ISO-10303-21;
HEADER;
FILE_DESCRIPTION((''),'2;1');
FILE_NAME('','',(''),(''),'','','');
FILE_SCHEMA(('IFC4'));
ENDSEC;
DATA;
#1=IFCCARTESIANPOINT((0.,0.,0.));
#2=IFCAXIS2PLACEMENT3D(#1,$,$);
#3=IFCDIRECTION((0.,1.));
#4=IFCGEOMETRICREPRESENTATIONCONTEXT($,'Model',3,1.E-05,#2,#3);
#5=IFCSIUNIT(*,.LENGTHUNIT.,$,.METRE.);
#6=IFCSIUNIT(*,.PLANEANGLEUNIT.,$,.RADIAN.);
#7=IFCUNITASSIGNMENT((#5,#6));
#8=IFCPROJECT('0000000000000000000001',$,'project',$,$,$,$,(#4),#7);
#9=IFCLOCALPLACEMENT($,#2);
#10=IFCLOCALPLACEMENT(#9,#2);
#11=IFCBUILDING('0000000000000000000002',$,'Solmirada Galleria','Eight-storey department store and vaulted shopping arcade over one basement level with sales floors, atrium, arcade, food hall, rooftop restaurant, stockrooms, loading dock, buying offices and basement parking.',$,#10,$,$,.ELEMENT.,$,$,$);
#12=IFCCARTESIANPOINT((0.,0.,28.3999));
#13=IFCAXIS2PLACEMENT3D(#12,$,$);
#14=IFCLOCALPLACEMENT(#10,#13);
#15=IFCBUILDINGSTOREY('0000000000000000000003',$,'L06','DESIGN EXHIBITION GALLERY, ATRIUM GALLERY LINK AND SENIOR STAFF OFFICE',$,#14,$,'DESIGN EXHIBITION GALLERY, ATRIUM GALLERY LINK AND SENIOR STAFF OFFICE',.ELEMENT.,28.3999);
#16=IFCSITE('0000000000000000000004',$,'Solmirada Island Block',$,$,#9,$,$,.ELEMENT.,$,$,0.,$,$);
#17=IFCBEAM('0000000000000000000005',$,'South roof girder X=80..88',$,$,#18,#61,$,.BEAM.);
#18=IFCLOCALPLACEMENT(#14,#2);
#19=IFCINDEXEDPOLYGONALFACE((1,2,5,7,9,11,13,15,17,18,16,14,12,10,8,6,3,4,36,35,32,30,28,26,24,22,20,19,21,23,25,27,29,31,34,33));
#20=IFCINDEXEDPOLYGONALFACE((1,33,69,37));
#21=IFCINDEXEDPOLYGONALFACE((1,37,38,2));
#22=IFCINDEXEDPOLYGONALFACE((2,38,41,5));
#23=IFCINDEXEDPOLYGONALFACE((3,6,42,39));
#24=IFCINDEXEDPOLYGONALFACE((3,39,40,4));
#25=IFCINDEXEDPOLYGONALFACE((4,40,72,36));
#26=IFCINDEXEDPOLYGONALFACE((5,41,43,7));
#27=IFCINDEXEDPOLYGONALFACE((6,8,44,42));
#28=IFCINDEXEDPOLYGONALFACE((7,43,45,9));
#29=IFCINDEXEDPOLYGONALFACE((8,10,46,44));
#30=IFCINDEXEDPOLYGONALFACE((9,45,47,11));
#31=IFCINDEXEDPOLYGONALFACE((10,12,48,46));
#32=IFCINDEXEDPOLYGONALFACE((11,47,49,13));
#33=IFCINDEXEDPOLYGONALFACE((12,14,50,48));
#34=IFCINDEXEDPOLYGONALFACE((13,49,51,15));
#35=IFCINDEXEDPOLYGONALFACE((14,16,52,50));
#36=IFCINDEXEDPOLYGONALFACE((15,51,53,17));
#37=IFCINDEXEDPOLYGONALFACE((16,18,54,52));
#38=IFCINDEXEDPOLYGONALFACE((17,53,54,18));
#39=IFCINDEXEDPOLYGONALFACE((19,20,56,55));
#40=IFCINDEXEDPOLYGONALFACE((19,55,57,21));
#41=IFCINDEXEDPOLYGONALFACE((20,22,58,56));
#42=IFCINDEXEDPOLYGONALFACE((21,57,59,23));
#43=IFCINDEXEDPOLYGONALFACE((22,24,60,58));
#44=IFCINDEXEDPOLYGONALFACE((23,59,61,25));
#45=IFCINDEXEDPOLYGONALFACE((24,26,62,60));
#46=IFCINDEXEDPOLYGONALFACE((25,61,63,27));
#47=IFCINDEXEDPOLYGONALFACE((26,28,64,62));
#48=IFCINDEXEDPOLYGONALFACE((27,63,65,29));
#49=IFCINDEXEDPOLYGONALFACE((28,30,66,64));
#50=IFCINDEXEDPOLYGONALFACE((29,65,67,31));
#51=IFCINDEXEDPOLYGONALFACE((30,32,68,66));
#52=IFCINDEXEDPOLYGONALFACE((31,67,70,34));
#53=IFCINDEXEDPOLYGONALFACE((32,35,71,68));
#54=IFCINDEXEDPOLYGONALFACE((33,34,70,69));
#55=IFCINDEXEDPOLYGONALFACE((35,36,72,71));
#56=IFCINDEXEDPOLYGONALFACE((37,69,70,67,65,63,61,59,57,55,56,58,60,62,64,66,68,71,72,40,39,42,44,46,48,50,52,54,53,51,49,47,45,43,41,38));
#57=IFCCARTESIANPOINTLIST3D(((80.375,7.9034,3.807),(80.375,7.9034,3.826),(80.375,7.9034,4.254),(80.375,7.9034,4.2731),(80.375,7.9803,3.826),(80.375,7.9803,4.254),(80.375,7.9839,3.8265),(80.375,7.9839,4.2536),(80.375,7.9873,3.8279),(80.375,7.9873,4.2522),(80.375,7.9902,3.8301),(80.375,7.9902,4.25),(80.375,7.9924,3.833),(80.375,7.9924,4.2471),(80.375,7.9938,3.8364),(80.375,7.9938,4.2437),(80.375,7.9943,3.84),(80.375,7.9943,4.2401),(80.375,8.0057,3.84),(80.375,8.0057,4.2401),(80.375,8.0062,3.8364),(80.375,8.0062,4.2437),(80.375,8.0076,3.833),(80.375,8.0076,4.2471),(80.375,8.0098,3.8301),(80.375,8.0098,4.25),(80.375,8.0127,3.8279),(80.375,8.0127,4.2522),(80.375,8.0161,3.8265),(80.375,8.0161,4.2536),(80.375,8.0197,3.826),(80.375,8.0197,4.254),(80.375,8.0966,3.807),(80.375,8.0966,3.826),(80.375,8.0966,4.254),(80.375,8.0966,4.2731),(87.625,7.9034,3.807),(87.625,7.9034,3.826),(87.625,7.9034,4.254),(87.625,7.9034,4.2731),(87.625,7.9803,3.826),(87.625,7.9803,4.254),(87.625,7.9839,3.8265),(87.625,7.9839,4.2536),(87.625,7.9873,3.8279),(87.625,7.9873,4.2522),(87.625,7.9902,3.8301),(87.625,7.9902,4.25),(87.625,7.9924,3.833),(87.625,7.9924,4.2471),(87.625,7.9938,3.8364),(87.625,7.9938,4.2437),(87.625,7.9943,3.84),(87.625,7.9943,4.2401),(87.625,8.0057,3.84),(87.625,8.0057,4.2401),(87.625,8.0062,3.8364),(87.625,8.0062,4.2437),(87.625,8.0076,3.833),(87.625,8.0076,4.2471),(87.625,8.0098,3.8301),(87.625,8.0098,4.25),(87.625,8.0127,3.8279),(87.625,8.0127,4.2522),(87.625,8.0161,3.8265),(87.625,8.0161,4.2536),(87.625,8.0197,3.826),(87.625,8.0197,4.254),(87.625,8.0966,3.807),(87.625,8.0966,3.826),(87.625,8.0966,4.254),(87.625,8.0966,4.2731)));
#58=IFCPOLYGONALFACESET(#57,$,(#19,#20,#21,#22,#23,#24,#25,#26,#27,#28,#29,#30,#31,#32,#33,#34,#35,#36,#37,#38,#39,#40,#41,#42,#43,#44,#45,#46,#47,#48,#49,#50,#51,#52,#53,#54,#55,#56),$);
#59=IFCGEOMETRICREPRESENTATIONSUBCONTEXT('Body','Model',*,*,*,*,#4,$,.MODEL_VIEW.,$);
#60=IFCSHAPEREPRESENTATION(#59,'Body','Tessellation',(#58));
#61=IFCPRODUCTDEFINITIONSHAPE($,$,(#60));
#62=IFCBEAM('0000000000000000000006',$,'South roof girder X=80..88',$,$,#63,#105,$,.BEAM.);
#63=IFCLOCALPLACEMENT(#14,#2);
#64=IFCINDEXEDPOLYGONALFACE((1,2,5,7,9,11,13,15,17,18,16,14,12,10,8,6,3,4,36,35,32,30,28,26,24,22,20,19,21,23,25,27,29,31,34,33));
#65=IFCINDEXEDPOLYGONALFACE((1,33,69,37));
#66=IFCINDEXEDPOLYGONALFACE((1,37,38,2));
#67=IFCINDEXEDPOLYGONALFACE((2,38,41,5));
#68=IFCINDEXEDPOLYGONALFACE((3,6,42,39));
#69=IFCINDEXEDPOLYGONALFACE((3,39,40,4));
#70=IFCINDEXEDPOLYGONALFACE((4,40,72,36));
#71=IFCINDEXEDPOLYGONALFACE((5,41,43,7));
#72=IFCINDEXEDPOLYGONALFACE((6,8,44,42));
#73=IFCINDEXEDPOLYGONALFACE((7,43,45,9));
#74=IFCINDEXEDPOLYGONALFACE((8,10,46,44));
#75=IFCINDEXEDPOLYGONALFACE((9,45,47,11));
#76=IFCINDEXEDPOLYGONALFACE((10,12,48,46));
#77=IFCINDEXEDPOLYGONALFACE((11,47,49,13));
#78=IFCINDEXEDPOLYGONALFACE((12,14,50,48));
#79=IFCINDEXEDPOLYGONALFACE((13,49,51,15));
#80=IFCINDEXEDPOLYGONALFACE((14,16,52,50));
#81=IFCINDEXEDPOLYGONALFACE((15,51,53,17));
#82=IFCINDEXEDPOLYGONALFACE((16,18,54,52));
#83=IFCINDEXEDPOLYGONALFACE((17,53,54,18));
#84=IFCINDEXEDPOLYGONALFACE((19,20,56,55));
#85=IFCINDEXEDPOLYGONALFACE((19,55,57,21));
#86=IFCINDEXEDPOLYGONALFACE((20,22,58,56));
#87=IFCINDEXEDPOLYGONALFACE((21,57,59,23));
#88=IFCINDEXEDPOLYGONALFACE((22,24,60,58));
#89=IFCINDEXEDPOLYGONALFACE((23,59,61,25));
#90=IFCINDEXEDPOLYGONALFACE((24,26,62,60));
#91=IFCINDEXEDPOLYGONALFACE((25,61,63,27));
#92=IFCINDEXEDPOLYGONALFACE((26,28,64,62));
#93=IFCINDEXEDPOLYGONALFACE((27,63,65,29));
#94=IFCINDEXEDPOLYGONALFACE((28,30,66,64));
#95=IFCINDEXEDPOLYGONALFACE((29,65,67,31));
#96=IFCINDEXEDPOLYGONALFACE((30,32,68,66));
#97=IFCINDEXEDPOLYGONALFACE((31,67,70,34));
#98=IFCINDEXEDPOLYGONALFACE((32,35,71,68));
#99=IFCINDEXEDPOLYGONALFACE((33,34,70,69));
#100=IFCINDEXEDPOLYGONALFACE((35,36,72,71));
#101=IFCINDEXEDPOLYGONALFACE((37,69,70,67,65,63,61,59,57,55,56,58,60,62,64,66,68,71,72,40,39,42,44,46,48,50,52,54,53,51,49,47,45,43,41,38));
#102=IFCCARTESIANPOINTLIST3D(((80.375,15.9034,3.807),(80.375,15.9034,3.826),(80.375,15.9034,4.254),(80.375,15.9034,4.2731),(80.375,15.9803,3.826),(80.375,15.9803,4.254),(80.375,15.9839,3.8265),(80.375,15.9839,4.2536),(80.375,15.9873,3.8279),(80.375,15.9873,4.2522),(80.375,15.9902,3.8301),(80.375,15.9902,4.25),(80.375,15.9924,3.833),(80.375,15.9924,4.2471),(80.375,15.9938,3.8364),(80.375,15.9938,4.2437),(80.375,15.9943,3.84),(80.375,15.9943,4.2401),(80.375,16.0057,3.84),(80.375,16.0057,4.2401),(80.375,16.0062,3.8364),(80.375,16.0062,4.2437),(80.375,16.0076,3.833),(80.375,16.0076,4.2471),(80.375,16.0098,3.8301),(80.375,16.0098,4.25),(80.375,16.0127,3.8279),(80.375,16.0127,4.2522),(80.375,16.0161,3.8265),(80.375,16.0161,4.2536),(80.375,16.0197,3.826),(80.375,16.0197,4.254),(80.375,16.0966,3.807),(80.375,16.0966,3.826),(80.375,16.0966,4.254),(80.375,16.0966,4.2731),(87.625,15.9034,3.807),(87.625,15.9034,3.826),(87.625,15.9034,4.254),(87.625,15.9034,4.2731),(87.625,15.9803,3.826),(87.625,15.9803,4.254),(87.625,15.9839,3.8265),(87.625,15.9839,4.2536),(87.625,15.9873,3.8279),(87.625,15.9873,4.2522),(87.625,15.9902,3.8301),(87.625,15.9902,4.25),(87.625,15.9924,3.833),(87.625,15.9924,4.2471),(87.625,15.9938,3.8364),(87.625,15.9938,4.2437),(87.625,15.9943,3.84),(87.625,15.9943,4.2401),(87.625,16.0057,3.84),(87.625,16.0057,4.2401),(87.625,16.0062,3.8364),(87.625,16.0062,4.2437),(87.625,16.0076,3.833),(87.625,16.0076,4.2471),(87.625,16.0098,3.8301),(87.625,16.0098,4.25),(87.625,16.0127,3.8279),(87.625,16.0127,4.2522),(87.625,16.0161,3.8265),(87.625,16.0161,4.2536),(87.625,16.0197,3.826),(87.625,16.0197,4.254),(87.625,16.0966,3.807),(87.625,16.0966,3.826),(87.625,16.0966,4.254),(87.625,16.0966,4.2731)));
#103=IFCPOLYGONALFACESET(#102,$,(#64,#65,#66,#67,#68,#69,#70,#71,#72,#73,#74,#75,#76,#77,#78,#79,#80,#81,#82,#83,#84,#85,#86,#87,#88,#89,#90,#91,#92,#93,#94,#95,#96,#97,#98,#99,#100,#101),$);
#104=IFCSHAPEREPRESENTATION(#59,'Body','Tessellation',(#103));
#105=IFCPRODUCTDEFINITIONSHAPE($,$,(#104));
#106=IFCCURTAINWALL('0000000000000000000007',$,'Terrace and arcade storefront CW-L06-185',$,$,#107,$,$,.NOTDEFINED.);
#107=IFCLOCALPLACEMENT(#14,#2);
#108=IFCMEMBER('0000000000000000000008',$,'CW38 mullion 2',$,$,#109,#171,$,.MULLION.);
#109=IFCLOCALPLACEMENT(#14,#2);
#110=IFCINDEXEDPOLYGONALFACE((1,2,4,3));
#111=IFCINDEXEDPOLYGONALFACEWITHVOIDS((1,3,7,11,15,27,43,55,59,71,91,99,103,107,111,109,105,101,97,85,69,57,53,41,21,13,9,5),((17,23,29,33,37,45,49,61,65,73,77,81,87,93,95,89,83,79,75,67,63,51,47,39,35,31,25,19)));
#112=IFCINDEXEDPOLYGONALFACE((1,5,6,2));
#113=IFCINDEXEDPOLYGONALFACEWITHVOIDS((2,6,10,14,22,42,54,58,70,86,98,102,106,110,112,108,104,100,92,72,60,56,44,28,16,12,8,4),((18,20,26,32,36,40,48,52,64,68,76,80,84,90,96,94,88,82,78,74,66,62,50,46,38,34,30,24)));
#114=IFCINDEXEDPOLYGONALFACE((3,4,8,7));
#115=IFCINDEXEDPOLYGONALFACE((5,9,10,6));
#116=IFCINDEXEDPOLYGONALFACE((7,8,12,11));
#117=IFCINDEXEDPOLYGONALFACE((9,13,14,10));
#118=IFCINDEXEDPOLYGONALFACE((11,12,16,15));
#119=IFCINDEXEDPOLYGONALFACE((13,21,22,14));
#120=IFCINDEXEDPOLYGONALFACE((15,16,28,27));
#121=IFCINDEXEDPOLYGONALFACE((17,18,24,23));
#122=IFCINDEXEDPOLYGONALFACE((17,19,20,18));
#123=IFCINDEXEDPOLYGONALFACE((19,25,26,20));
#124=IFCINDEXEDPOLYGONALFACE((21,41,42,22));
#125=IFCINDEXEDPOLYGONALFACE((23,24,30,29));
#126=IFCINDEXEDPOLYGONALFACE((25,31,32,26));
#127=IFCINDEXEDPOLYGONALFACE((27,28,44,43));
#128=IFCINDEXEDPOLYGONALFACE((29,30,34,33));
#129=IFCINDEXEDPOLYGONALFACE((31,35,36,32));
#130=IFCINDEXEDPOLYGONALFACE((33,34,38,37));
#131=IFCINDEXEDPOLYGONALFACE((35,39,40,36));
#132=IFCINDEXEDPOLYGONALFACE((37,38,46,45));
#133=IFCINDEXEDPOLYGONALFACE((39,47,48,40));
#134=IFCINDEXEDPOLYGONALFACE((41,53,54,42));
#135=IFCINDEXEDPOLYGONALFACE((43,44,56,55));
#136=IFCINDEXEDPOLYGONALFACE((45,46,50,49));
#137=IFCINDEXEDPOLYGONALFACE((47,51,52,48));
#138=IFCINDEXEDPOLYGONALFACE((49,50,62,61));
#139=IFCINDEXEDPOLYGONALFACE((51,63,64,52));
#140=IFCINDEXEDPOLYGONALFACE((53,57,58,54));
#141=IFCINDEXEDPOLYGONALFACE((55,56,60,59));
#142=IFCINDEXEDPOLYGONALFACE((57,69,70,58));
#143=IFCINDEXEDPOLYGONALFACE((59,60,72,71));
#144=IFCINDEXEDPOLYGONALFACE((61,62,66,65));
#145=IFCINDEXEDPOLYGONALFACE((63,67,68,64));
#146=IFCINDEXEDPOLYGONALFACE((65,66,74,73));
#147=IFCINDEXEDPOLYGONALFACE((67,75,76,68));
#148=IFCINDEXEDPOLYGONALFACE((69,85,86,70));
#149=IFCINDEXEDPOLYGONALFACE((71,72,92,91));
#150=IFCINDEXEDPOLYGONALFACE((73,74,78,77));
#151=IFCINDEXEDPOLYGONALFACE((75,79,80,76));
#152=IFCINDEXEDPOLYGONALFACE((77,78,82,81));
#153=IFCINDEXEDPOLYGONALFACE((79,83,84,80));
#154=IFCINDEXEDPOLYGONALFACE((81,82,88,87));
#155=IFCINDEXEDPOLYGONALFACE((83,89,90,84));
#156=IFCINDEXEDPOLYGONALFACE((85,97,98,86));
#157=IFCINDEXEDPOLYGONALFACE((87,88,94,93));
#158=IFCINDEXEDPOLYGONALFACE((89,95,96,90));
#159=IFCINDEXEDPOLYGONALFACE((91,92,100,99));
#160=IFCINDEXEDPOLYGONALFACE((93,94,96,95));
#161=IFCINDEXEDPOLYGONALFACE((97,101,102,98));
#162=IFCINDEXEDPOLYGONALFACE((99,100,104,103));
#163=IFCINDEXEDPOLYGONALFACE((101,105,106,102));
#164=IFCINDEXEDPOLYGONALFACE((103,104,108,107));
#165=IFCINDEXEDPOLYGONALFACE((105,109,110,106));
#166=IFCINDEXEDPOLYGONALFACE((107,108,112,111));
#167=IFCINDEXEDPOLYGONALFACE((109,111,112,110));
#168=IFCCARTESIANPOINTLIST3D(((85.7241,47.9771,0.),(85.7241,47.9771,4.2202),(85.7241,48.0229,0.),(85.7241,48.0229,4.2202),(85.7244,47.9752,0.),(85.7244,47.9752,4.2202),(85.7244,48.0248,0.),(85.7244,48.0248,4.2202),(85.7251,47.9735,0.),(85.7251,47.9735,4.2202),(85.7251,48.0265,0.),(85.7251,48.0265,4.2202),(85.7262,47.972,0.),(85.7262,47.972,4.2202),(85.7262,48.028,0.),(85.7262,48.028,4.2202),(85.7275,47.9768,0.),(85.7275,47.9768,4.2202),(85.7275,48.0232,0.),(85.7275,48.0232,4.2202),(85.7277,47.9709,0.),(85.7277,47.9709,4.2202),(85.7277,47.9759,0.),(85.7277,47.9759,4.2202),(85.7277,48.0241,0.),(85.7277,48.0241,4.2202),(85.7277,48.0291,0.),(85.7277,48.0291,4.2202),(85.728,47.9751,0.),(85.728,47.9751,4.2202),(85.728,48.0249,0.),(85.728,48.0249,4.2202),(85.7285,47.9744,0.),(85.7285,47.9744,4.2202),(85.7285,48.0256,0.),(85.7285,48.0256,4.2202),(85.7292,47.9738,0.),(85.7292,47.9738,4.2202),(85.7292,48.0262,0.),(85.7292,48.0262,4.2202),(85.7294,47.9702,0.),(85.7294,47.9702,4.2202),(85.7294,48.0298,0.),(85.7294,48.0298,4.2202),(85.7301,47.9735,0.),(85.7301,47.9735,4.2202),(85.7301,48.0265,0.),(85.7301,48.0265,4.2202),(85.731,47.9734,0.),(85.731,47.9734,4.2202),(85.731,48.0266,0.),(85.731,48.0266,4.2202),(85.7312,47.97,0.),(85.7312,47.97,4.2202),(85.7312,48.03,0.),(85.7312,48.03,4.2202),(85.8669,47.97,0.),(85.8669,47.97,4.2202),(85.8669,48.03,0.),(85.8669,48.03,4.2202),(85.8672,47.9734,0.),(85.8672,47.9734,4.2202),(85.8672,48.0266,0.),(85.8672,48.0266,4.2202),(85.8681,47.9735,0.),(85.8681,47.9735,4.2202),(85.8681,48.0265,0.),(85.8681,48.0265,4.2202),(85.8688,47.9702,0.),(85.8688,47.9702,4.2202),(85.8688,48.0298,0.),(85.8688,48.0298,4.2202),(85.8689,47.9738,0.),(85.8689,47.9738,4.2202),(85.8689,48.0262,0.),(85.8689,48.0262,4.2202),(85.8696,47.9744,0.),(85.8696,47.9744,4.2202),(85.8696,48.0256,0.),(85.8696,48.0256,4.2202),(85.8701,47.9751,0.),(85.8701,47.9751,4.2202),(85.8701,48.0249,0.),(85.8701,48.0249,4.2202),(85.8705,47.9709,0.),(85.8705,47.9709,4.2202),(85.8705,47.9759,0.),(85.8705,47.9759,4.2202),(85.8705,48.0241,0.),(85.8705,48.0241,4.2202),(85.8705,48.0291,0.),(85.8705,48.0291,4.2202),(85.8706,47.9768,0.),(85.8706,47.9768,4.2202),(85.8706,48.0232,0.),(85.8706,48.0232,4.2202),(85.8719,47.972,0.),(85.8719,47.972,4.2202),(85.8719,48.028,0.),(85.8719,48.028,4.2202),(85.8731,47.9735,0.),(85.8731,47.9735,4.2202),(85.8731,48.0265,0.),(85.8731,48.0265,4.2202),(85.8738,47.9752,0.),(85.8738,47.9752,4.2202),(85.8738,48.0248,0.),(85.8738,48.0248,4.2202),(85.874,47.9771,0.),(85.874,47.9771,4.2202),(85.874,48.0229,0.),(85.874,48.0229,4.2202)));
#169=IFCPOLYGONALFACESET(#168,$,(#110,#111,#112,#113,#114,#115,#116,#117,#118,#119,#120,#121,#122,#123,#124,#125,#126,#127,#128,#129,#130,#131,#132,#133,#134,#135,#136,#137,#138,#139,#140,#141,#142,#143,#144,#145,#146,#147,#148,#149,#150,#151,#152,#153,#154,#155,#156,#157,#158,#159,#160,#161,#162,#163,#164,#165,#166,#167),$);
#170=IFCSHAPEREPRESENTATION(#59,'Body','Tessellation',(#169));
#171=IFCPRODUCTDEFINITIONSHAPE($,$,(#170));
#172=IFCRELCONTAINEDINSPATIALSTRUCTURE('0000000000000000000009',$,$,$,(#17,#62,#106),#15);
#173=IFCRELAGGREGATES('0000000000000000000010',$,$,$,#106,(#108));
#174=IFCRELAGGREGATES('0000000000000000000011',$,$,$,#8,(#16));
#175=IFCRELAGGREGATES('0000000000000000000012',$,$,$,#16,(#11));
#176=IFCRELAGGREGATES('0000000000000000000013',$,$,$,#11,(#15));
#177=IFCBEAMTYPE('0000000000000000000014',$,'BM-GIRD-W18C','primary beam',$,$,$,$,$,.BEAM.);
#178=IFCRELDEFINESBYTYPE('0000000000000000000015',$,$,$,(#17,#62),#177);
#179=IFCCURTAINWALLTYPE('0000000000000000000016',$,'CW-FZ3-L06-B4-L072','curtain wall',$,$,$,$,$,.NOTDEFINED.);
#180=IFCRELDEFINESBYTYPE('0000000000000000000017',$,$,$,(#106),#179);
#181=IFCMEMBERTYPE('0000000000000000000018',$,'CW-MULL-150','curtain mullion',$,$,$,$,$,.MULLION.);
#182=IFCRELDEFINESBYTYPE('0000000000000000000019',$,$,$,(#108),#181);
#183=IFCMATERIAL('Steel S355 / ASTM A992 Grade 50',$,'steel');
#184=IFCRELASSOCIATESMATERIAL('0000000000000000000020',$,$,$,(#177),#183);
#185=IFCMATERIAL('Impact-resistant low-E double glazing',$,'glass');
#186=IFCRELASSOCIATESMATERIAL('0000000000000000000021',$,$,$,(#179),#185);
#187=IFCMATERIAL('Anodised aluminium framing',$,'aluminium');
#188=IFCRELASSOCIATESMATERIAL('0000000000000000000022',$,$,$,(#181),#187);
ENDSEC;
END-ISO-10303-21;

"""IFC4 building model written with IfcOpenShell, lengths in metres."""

from ifc_helpers import new_model, si_unit, direction, frame, origin, origin_2d, place, context, subcontext, project, spatial, hollow_rectangle, i_section, extrude, material, material_profile, profile_set, type_object, element, aggregate, save


model = new_model("IFC4")

# Units and contexts
model_context = context("Model", 3, precision=1e-05, world=origin(), true_north=direction((0.0, 1.0)))
body_context = subcontext(model_context, "Body", "Model", "MODEL_VIEW")
ifc_project = project(units=[si_unit("LENGTHUNIT", "METRE"), si_unit("PLANEANGLEUNIT", "RADIAN")], contexts=[model_context])

# Site, building, storey
site_placement = place(None, origin())
site = spatial("IfcSite", under=ifc_project, at=site_placement, Name="Solmirada Island Block", CompositionType="ELEMENT", RefElevation=0.0)
building_placement = place(site_placement, origin())
building = spatial("IfcBuilding", under=site, at=building_placement, Name="Solmirada Galleria", Description="Eight-storey department store and vaulted shopping arcade over one basement level with sales floors, atrium, arcade, food hall, rooftop restaurant, stockrooms, loading dock, buying offices and basement parking.", CompositionType="ELEMENT")
storey_placement = place(building_placement, frame((0.0, 0.0, 28.3999)))
storey = spatial("IfcBuildingStorey", under=building, at=storey_placement, Name="L06", Description="DESIGN EXHIBITION GALLERY, ATRIUM GALLERY LINK AND SENIOR STAFF OFFICE", LongName="DESIGN EXHIBITION GALLERY, ATRIUM GALLERY LINK AND SENIOR STAFF OFFICE", CompositionType="ELEMENT", Elevation=28.3999)

# Beams
ifc_material_1 = material(Name="Steel S355 / ASTM A992 Grade 50", Category="steel")
ifc_material_profile_1 = material_profile(ifc_material_1, i_section(OverallWidth=0.1931, OverallDepth=0.4661, WebThickness=0.0115, FlangeThickness=0.019, FilletRadius=0.0139, at=origin_2d()), Name="W18X65")
ifc_profile_set_1 = profile_set([ifc_material_profile_1], Name="Steel S355 / ASTM A992 Grade 50")
beam_type = type_object("IfcBeamType", Name="BM-GIRD-W18C", Description="primary beam", PredefinedType="BEAM", material=ifc_profile_set_1)
for number, where, z_axis, x_axis, name in (
    (1, (80.375, 8.0, 4.04), (1.0, 0.0, 0.0), (0.0, 1.0, 0.0), "South roof girder X=80..88"),
    (2, (80.375, 16.0, 4.04), (1.0, 0.0, 0.0), (0.0, 1.0, 0.0), "South roof girder X=80..88"),
):
    element("IfcBeam", number, at=place(storey_placement, frame(where, z_axis=z_axis, x_axis=x_axis)), inside=storey, type_object=beam_type, Name=name, PredefinedType="BEAM", context=body_context, shape_type="SweptSolid", body=[
        extrude(i_section(OverallWidth=0.1931, OverallDepth=0.4661, WebThickness=0.0115, FlangeThickness=0.019, FilletRadius=0.0139, at=origin_2d()), origin(), (0.0, 0.0, 1.0), 7.25),
    ])

# Curtain wall, member
ifc_material_2 = material(Name="Impact-resistant low-E double glazing", Category="glass")
curtain_wall_type = type_object("IfcCurtainWallType", Name="CW-FZ3-L06-B4-L072", Description="curtain wall", PredefinedType="NOTDEFINED", material=ifc_material_2)
curtain_wall_placement = place(storey_placement, origin())
curtain_wall = element("IfcCurtainWall", 3, at=curtain_wall_placement, inside=storey, type_object=curtain_wall_type, Name="Terrace and arcade storefront CW-L06-185", PredefinedType="NOTDEFINED")
ifc_material_3 = material(Name="Anodised aluminium framing", Category="aluminium")
ifc_material_profile_2 = material_profile(ifc_material_3, hollow_rectangle(XDim=0.0601, YDim=0.1499, WallThickness=0.0034, InnerFilletRadius=0.0034, OuterFilletRadius=0.0071, at=origin_2d()), Name="ALU-MULL-150X60")
ifc_profile_set_2 = profile_set([ifc_material_profile_2], Name="Anodised aluminium framing")
member_type_1 = type_object("IfcMemberType", Name="CW-MULL-150", Description="curtain mullion", PredefinedType="MULLION", material=ifc_profile_set_2)
member_1_placement = place(storey_placement, frame((85.7991, 48.0, 0.0), z_axis=(0.0, 0.0, 1.0), x_axis=(0.0, -1.0, 0.0)))
member_1 = element("IfcMember", 4, at=member_1_placement, type_object=member_type_1, Name="CW38 mullion 2", PredefinedType="MULLION", context=body_context, shape_type="SweptSolid", body=[
    extrude(hollow_rectangle(XDim=0.0601, YDim=0.1499, WallThickness=0.0034, InnerFilletRadius=0.0034, OuterFilletRadius=0.0071, at=origin_2d()), origin(), (0.0, 0.0, 1.0), 4.2202),
])
aggregate(curtain_wall, [member_1])

save(model, "model.ifc")
